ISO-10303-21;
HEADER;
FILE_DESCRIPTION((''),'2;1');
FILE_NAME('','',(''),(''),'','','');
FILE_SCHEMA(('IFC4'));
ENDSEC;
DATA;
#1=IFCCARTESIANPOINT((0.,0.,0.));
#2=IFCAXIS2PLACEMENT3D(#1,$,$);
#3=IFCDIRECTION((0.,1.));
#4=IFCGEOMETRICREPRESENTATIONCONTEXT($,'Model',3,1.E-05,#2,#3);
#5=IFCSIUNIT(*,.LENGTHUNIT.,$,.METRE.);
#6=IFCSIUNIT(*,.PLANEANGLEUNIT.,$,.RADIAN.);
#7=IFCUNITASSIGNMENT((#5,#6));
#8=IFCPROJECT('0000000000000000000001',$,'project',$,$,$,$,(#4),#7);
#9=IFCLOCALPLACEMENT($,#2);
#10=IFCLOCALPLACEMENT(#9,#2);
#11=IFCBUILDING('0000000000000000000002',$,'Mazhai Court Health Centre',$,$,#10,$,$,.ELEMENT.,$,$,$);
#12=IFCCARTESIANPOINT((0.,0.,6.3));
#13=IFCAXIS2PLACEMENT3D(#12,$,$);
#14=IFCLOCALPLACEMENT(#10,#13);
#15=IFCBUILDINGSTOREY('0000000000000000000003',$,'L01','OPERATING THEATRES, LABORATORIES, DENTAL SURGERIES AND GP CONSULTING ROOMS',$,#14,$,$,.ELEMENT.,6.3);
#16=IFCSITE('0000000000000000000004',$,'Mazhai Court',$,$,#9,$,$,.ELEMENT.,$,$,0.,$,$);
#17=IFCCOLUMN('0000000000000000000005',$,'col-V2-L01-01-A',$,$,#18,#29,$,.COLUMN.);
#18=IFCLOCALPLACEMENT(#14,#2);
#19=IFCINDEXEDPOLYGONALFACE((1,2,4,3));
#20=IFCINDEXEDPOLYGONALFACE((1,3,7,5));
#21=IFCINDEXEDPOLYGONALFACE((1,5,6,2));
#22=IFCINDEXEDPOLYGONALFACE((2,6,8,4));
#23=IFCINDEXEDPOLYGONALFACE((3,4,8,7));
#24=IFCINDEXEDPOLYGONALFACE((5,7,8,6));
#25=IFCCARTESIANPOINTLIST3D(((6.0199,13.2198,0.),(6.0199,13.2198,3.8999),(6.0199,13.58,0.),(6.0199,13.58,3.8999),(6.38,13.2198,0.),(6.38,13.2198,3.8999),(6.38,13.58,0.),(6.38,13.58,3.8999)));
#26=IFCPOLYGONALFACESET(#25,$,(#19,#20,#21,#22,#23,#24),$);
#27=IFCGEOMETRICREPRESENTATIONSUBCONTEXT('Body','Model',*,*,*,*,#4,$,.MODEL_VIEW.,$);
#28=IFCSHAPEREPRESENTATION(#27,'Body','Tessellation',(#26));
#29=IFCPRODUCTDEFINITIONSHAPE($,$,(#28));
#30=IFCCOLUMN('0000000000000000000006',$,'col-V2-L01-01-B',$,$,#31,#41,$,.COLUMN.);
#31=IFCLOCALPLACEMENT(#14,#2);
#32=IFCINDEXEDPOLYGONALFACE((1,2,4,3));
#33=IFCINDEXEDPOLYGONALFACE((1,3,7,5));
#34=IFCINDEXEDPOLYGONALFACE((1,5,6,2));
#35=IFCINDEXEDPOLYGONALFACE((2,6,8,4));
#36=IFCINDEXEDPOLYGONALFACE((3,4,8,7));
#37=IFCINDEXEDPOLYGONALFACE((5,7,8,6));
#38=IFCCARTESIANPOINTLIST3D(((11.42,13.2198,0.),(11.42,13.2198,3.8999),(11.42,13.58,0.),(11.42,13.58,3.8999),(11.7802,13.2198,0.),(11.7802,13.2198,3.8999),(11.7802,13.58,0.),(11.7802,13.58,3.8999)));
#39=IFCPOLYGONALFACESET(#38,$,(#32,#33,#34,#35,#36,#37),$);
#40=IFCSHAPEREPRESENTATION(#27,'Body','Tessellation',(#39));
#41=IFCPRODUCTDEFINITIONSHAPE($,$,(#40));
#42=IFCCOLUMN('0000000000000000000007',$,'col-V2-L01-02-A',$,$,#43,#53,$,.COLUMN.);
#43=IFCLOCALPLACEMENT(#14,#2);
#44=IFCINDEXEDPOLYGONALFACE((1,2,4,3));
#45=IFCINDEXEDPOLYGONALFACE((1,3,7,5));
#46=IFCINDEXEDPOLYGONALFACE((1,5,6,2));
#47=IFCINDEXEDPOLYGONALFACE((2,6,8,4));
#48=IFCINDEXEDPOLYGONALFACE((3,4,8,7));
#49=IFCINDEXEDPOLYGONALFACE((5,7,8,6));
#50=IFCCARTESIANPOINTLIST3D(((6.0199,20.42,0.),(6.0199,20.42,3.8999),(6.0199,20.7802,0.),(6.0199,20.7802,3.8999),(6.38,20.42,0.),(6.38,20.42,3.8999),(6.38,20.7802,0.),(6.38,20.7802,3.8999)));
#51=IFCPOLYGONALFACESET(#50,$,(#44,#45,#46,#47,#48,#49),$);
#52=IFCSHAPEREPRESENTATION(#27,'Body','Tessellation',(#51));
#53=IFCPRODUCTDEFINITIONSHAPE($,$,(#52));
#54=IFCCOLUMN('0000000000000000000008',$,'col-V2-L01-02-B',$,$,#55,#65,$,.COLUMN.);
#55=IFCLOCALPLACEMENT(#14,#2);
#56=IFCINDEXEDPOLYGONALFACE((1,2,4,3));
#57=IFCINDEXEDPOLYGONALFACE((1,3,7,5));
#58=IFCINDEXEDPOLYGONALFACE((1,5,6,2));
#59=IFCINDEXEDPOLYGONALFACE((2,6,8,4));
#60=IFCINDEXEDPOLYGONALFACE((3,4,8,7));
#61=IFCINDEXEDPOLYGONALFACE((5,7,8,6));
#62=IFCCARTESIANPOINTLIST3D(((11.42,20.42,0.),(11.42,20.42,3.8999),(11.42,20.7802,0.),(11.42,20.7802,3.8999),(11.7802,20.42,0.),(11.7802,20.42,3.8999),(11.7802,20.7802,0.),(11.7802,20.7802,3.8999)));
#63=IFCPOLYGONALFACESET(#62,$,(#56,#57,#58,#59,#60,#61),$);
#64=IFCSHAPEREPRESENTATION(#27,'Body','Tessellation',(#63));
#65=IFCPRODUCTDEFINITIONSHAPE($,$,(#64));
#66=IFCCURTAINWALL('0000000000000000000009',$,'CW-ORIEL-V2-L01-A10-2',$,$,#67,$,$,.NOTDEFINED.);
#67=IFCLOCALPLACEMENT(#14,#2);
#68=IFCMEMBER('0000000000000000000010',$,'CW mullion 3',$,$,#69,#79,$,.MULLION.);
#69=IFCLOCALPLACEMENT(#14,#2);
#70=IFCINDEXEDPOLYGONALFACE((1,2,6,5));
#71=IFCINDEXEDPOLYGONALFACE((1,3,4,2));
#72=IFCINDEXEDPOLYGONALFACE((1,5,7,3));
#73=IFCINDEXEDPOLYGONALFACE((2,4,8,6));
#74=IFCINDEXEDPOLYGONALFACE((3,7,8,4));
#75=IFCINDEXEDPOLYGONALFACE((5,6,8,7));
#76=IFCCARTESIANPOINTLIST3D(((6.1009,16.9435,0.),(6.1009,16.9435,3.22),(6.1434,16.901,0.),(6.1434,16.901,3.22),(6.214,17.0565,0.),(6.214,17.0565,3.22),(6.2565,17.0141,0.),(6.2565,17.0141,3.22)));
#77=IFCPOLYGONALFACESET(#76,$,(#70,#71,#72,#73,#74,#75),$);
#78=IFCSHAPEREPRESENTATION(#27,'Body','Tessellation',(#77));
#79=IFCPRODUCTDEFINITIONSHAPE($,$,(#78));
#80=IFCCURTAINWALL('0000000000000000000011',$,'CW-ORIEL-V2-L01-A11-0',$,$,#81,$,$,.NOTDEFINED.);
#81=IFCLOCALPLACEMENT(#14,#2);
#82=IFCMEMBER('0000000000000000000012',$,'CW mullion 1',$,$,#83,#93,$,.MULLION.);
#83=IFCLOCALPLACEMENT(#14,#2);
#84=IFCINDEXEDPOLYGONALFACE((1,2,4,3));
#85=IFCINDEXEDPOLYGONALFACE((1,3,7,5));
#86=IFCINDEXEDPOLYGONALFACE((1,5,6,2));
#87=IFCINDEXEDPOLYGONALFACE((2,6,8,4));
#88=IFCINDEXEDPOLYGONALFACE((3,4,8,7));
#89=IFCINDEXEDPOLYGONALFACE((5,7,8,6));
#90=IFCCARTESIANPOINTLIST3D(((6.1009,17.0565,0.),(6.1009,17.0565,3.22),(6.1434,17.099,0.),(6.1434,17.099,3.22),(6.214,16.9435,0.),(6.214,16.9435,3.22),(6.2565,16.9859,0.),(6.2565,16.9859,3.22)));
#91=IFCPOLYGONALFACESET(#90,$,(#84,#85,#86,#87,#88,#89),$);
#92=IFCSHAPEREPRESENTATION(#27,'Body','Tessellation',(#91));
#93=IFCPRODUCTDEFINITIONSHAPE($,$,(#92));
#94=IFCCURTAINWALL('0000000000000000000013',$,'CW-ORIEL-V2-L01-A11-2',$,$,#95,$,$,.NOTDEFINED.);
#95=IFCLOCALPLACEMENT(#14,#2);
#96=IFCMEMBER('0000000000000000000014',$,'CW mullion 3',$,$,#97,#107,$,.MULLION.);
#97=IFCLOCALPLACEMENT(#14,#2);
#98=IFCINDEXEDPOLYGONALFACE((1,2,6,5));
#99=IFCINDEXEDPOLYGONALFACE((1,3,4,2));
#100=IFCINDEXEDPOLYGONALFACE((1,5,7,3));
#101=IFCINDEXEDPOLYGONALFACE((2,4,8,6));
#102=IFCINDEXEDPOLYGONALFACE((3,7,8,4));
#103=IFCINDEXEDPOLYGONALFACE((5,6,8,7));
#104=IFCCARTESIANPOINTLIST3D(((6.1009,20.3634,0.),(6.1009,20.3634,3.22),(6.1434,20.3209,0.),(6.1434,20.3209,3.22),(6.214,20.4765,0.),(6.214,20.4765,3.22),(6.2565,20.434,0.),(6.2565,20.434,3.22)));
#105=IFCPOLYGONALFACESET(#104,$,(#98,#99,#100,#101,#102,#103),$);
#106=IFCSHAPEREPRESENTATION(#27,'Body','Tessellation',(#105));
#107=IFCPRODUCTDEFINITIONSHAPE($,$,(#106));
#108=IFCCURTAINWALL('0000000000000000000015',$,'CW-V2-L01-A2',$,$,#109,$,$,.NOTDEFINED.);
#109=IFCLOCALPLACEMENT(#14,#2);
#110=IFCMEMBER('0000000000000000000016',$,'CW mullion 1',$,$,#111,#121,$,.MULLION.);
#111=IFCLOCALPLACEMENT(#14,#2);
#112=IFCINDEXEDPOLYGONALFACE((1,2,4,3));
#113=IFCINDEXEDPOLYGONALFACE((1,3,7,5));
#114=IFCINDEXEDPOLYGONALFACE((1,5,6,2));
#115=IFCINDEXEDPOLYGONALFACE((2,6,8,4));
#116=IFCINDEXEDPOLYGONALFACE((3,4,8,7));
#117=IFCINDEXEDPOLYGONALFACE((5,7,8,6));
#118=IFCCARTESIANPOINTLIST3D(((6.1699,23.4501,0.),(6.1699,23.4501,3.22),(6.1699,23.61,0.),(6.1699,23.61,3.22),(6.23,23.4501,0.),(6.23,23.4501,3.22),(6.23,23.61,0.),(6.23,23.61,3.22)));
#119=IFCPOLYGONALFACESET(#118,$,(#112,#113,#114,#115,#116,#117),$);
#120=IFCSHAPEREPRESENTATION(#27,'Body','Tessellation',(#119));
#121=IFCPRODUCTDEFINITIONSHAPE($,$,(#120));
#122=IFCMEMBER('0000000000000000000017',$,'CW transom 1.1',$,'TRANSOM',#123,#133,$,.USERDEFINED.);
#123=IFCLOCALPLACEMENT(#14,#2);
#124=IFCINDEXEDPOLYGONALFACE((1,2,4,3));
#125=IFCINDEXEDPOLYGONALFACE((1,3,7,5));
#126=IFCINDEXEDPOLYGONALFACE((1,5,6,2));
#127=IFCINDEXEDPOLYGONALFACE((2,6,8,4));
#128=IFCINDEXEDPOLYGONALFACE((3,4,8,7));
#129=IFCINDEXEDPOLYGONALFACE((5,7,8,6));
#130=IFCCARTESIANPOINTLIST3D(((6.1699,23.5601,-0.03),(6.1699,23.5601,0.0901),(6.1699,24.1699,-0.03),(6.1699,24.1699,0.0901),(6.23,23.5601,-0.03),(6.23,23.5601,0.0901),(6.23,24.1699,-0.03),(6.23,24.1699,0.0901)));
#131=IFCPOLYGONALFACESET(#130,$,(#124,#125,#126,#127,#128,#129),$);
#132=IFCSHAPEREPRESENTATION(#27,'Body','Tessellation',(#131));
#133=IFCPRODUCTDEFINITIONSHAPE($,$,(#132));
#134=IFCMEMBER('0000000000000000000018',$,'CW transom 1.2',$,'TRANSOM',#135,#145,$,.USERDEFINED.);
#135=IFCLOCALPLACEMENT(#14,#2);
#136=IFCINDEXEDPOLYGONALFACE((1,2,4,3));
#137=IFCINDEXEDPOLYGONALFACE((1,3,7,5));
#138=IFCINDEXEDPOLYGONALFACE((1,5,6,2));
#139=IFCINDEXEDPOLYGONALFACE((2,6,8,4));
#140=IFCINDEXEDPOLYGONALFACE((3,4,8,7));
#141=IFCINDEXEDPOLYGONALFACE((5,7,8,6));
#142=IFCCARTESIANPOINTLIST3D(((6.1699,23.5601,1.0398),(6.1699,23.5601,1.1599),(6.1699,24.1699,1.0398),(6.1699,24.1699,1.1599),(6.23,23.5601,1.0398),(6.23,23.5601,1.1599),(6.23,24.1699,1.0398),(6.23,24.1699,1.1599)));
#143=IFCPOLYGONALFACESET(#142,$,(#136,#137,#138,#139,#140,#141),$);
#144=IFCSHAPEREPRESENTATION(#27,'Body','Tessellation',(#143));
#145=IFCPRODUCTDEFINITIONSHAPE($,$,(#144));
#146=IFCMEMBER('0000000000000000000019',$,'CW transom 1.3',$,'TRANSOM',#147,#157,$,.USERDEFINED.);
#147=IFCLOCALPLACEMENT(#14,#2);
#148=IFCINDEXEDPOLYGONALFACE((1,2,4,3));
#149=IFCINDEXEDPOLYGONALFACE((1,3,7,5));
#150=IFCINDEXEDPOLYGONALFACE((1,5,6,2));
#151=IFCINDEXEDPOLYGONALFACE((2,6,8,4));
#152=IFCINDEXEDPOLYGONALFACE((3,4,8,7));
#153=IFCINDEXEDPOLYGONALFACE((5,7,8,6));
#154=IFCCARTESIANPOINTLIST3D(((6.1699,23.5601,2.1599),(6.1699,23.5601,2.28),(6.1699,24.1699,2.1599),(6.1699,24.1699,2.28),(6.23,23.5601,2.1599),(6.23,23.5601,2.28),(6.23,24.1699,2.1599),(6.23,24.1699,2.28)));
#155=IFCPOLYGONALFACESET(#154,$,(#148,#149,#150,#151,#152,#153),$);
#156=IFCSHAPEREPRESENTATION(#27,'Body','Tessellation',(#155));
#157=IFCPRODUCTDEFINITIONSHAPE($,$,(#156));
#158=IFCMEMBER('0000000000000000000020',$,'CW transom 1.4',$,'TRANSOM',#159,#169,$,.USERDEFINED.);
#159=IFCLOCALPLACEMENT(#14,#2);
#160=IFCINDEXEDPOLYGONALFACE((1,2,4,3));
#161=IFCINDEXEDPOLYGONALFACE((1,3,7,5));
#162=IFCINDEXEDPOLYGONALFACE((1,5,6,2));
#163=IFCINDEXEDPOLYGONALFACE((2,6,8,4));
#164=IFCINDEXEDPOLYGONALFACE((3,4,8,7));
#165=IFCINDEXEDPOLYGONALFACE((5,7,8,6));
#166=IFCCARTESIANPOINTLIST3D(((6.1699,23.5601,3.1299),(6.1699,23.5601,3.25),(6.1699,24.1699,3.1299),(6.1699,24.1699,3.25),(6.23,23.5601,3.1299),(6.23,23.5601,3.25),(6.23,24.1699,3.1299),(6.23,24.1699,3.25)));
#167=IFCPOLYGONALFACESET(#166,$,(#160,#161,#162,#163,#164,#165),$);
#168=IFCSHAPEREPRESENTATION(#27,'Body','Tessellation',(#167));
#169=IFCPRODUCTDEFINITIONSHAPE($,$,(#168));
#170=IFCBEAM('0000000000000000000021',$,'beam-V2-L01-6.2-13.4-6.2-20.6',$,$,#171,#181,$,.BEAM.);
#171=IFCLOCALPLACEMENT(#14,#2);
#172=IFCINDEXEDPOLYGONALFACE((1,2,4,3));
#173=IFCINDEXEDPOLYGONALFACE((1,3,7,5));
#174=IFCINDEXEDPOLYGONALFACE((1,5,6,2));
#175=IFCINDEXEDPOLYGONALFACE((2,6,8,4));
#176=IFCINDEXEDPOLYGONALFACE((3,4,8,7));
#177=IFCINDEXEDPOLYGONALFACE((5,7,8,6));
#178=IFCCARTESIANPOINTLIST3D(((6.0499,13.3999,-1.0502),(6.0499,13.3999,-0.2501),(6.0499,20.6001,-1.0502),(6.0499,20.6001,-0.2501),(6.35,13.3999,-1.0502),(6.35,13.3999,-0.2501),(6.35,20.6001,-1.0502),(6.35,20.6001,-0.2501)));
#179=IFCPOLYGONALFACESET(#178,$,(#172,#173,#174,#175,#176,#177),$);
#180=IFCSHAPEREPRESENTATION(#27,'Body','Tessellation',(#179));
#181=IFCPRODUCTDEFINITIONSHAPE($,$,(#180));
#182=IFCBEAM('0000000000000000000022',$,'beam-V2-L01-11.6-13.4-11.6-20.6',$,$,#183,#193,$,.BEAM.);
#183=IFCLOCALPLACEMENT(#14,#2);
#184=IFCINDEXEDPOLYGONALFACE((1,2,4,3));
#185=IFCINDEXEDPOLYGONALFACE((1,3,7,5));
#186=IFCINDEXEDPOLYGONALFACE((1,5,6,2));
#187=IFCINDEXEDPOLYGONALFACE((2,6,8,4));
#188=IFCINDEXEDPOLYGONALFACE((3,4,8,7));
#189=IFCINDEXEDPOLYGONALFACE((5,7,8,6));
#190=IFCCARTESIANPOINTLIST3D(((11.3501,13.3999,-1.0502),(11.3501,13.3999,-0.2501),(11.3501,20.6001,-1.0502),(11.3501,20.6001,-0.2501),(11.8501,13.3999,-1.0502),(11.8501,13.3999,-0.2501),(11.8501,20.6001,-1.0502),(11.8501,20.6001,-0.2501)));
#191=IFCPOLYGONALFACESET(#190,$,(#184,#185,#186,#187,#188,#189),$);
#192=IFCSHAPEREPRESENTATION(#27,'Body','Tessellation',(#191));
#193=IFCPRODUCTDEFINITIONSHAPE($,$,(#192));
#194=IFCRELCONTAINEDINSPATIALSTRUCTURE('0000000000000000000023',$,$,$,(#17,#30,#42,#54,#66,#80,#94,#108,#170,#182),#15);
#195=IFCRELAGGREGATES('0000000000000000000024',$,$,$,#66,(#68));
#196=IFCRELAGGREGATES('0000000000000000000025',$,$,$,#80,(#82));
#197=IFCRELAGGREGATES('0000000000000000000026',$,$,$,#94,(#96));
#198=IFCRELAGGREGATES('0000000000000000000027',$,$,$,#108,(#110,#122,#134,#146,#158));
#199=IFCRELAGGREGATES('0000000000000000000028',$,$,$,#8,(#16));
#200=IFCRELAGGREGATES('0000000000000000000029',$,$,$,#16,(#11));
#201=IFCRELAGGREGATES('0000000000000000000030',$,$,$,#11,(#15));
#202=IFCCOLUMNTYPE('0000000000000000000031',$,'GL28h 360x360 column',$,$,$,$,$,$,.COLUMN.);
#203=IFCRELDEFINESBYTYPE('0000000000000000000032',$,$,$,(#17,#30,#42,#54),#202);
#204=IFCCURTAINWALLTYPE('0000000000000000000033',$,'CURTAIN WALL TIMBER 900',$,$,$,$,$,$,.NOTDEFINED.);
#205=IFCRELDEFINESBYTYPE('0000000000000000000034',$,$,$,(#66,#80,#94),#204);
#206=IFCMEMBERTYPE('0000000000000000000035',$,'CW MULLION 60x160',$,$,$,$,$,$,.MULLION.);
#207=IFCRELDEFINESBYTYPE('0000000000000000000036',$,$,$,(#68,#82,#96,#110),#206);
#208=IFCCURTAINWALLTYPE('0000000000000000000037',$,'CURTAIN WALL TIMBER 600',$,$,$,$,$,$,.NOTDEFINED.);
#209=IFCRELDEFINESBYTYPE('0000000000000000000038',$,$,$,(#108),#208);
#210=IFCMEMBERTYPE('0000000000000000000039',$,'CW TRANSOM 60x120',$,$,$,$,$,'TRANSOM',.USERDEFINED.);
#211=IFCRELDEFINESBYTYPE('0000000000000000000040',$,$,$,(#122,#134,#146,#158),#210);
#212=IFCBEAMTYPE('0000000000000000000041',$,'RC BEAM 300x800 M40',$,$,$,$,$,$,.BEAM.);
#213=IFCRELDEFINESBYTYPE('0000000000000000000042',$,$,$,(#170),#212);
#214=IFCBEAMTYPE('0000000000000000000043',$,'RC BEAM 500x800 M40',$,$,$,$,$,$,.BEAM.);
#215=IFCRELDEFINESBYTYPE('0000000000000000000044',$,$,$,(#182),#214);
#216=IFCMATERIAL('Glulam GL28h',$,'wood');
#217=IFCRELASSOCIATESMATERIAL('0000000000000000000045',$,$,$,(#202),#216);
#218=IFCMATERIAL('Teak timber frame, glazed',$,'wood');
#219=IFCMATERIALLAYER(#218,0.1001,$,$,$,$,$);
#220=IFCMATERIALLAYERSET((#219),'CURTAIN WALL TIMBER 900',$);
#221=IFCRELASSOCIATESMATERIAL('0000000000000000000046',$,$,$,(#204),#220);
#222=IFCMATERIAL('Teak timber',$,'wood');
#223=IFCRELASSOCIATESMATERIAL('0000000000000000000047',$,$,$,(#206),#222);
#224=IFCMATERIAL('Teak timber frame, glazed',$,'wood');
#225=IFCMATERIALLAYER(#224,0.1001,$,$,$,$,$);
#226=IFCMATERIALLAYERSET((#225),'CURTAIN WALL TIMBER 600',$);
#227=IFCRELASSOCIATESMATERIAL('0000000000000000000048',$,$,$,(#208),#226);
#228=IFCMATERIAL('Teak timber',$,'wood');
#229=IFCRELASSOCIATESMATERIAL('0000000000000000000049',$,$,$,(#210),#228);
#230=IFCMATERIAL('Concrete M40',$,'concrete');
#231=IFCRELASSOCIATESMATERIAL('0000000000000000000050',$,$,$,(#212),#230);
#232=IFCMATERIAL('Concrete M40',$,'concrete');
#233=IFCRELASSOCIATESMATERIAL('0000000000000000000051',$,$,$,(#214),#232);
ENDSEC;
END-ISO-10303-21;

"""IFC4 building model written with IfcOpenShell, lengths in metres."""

from ifc_helpers import new_model, si_unit, direction, frame, origin, origin_2d, place, context, subcontext, project, spatial, rectangle, extrude, material, layer, layer_set, material_profile, profile_set, type_object, element, aggregate, save


model = new_model("IFC4")

# Units and contexts
model_context = context("Model", 3, precision=1e-05, world=origin(), true_north=direction((0.0, 1.0)))
body_context = subcontext(model_context, "Body", "Model", "MODEL_VIEW")
ifc_project = project(units=[si_unit("LENGTHUNIT", "METRE"), si_unit("PLANEANGLEUNIT", "RADIAN")], contexts=[model_context])

# Site, building, storey
site_placement = place(None, origin())
site = spatial("IfcSite", under=ifc_project, at=site_placement, Name="Mazhai Court", CompositionType="ELEMENT", RefElevation=0.0)
building_placement = place(site_placement, origin())
building = spatial("IfcBuilding", under=site, at=building_placement, Name="Mazhai Court Health Centre", CompositionType="ELEMENT")
storey_placement = place(building_placement, frame((0.0, 0.0, 6.3)))
storey = spatial("IfcBuildingStorey", under=building, at=storey_placement, Name="L01", Description="OPERATING THEATRES, LABORATORIES, DENTAL SURGERIES AND GP CONSULTING ROOMS", CompositionType="ELEMENT", Elevation=6.3)

# Columns
ifc_material_1 = material(Name="Glulam GL28h", Category="wood")
ifc_material_profile_1 = material_profile(ifc_material_1, rectangle(XDim=0.3601, YDim=0.3601, at=origin_2d()), Name="GL28h 360x360")
ifc_profile_set_1 = profile_set([ifc_material_profile_1], Name="Glulam GL28h")
column_type = type_object("IfcColumnType", Name="GL28h 360x360 column", PredefinedType="COLUMN", material=ifc_profile_set_1)
for number, where, z_axis, x_axis, name in (
    (1, (6.2, 13.3999, 0.0), (0.0, 0.0, 1.0), (1.0, 0.0, 0.0), "col-V2-L01-01-A"),
    (2, (11.6001, 13.3999, 0.0), (0.0, 0.0, 1.0), (1.0, 0.0, 0.0), "col-V2-L01-01-B"),
    (3, (6.2, 20.6001, 0.0), (0.0, 0.0, 1.0), (1.0, 0.0, 0.0), "col-V2-L01-02-A"),
    (4, (11.6001, 20.6001, 0.0), (0.0, 0.0, 1.0), (1.0, 0.0, 0.0), "col-V2-L01-02-B"),
):
    element("IfcColumn", number, at=place(storey_placement, frame(where, z_axis=z_axis, x_axis=x_axis)), inside=storey, type_object=column_type, Name=name, PredefinedType="COLUMN", context=body_context, shape_type="SweptSolid", body=[
        extrude(rectangle(XDim=0.3601, YDim=0.3601, at=origin_2d()), origin(), (0.0, 0.0, 1.0), 3.8999),
    ])

# Curtain walls, members
ifc_material_2 = material(Name="Teak timber frame, glazed", Category="wood")
ifc_layer_1 = layer(ifc_material_2, 0.1001)
ifc_layer_set_1 = layer_set([ifc_layer_1], Name="CURTAIN WALL TIMBER 900")
curtain_wall_type_1 = type_object("IfcCurtainWallType", Name="CURTAIN WALL TIMBER 900", PredefinedType="NOTDEFINED", material=ifc_layer_set_1)
curtain_wall_1_placement = place(storey_placement, origin())
curtain_wall_1 = element("IfcCurtainWall", 5, at=curtain_wall_1_placement, inside=storey, type_object=curtain_wall_type_1, Name="CW-ORIEL-V2-L01-A10-2", PredefinedType="NOTDEFINED")
ifc_material_3 = material(Name="Teak timber", Category="wood")
ifc_material_profile_2 = material_profile(ifc_material_3, rectangle(XDim=0.0601, YDim=0.1599, at=origin_2d()), Name="CW MULLION 60x160")
ifc_profile_set_2 = profile_set([ifc_material_profile_2], Name="Teak timber")
member_type_1 = type_object("IfcMemberType", Name="CW MULLION 60x160", PredefinedType="MULLION", material=ifc_profile_set_2)
member_1_placement = place(storey_placement, frame((6.1787, 16.9788, 0.0), z_axis=(0.0, 0.0, 1.0), x_axis=(-0.707107, 0.707107, 0.0)))
member_1 = element("IfcMember", 6, at=member_1_placement, type_object=member_type_1, Name="CW mullion 3", PredefinedType="MULLION", context=body_context, shape_type="SweptSolid", body=[
    extrude(rectangle(XDim=0.0601, YDim=0.1599, at=origin_2d()), origin(), (0.0, 0.0, 1.0), 3.22),
])
aggregate(curtain_wall_1, [member_1])
curtain_wall_2_placement = place(storey_placement, origin())
curtain_wall_2 = element("IfcCurtainWall", 7, at=curtain_wall_2_placement, inside=storey, type_object=curtain_wall_type_1, Name="CW-ORIEL-V2-L01-A11-0", PredefinedType="NOTDEFINED")
member_2_placement = place(storey_placement, frame((6.1787, 17.0212, 0.0), z_axis=(0.0, 0.0, 1.0), x_axis=(-0.707107, -0.707107, 0.0)))
member_2 = element("IfcMember", 8, at=member_2_placement, type_object=member_type_1, Name="CW mullion 1", PredefinedType="MULLION", context=body_context, shape_type="SweptSolid", body=[
    extrude(rectangle(XDim=0.0601, YDim=0.1599, at=origin_2d()), origin(), (0.0, 0.0, 1.0), 3.22),
])
aggregate(curtain_wall_2, [member_2])
curtain_wall_3_placement = place(storey_placement, origin())
curtain_wall_3 = element("IfcCurtainWall", 9, at=curtain_wall_3_placement, inside=storey, type_object=curtain_wall_type_1, Name="CW-ORIEL-V2-L01-A11-2", PredefinedType="NOTDEFINED")
member_3_placement = place(storey_placement, frame((6.1787, 20.3987, 0.0), z_axis=(0.0, 0.0, 1.0), x_axis=(-0.707107, 0.707107, 0.0)))
member_3 = element("IfcMember", 10, at=member_3_placement, type_object=member_type_1, Name="CW mullion 3", PredefinedType="MULLION", context=body_context, shape_type="SweptSolid", body=[
    extrude(rectangle(XDim=0.0601, YDim=0.1599, at=origin_2d()), origin(), (0.0, 0.0, 1.0), 3.22),
])
aggregate(curtain_wall_3, [member_3])

# Curtain wall, members
ifc_material_4 = material(Name="Teak timber frame, glazed", Category="wood")
ifc_layer_2 = layer(ifc_material_4, 0.1001)
ifc_layer_set_2 = layer_set([ifc_layer_2], Name="CURTAIN WALL TIMBER 600")
curtain_wall_type_2 = type_object("IfcCurtainWallType", Name="CURTAIN WALL TIMBER 600", PredefinedType="NOTDEFINED", material=ifc_layer_set_2)
curtain_wall_4_placement = place(storey_placement, origin())
curtain_wall_4 = element("IfcCurtainWall", 11, at=curtain_wall_4_placement, inside=storey, type_object=curtain_wall_type_2, Name="CW-V2-L01-A2", PredefinedType="NOTDEFINED")
member_4_placement = place(storey_placement, frame((6.2, 23.53, 0.0), z_axis=(0.0, 0.0, 1.0), x_axis=(-1.0, 0.0, 0.0)))
member_4 = element("IfcMember", 12, at=member_4_placement, type_object=member_type_1, Name="CW mullion 1", PredefinedType="MULLION", context=body_context, shape_type="SweptSolid", body=[
    extrude(rectangle(XDim=0.0601, YDim=0.1599, at=origin_2d()), origin(), (0.0, 0.0, 1.0), 3.22),
])
ifc_material_5 = material(Name="Teak timber", Category="wood")
ifc_material_profile_3 = material_profile(ifc_material_5, rectangle(XDim=0.0601, YDim=0.1201, at=origin_2d()), Name="CW TRANSOM 60x120")
ifc_profile_set_3 = profile_set([ifc_material_profile_3], Name="Teak timber")
member_type_2 = type_object("IfcMemberType", Name="CW TRANSOM 60x120", ElementType="TRANSOM", PredefinedType="USERDEFINED", material=ifc_profile_set_3)
member_5_placement = place(storey_placement, frame((6.2, 23.5601, 0.03), z_axis=(0.0, 1.0, 0.0), x_axis=(-1.0, 0.0, 0.0)))
member_5 = element("IfcMember", 13, at=member_5_placement, type_object=member_type_2, Name="CW transom 1.1", ObjectType="TRANSOM", PredefinedType="USERDEFINED", context=body_context, shape_type="SweptSolid", body=[
    extrude(rectangle(XDim=0.0601, YDim=0.1201, at=origin_2d()), origin(), (0.0, 0.0, 1.0), 0.6099),
])
member_6_placement = place(storey_placement, frame((6.2, 23.5601, 1.0999), z_axis=(0.0, 1.0, 0.0), x_axis=(-1.0, 0.0, 0.0)))
member_6 = element("IfcMember", 14, at=member_6_placement, type_object=member_type_2, Name="CW transom 1.2", ObjectType="TRANSOM", PredefinedType="USERDEFINED", context=body_context, shape_type="SweptSolid", body=[
    extrude(rectangle(XDim=0.0601, YDim=0.1201, at=origin_2d()), origin(), (0.0, 0.0, 1.0), 0.6099),
])
member_7_placement = place(storey_placement, frame((6.2, 23.5601, 2.22), z_axis=(0.0, 1.0, 0.0), x_axis=(-1.0, 0.0, 0.0)))
member_7 = element("IfcMember", 15, at=member_7_placement, type_object=member_type_2, Name="CW transom 1.3", ObjectType="TRANSOM", PredefinedType="USERDEFINED", context=body_context, shape_type="SweptSolid", body=[
    extrude(rectangle(XDim=0.0601, YDim=0.1201, at=origin_2d()), origin(), (0.0, 0.0, 1.0), 0.6099),
])
member_8_placement = place(storey_placement, frame((6.2, 23.5601, 3.1899), z_axis=(0.0, 1.0, 0.0), x_axis=(-1.0, 0.0, 0.0)))
member_8 = element("IfcMember", 16, at=member_8_placement, type_object=member_type_2, Name="CW transom 1.4", ObjectType="TRANSOM", PredefinedType="USERDEFINED", context=body_context, shape_type="SweptSolid", body=[
    extrude(rectangle(XDim=0.0601, YDim=0.1201, at=origin_2d()), origin(), (0.0, 0.0, 1.0), 0.6099),
])

# Beams
ifc_material_6 = material(Name="Concrete M40", Category="concrete")
ifc_material_profile_4 = material_profile(ifc_material_6, rectangle(XDim=0.3, YDim=0.8, at=origin_2d()), Name="RC 300x800")
ifc_profile_set_4 = profile_set([ifc_material_profile_4], Name="Concrete M40")
beam_type_1 = type_object("IfcBeamType", Name="RC BEAM 300x800 M40", PredefinedType="BEAM", material=ifc_profile_set_4)
beam_1_placement = place(storey_placement, frame((6.2, 13.3999, -0.6501), z_axis=(0.0, 1.0, 0.0), x_axis=(-1.0, 0.0, 0.0)))
element("IfcBeam", 17, at=beam_1_placement, inside=storey, type_object=beam_type_1, Name="beam-V2-L01-6.2-13.4-6.2-20.6", PredefinedType="BEAM", context=body_context, shape_type="SweptSolid", body=[
    extrude(rectangle(XDim=0.3, YDim=0.8, at=origin_2d()), origin(), (0.0, 0.0, 1.0), 7.2002),
])
ifc_material_7 = material(Name="Concrete M40", Category="concrete")
ifc_material_profile_5 = material_profile(ifc_material_7, rectangle(XDim=0.5, YDim=0.8, at=origin_2d()), Name="RC 500x800")
ifc_profile_set_5 = profile_set([ifc_material_profile_5], Name="Concrete M40")
beam_type_2 = type_object("IfcBeamType", Name="RC BEAM 500x800 M40", PredefinedType="BEAM", material=ifc_profile_set_5)
beam_2_placement = place(storey_placement, frame((11.6001, 13.3999, -0.6501), z_axis=(0.0, 1.0, 0.0), x_axis=(-1.0, 0.0, 0.0)))
element("IfcBeam", 18, at=beam_2_placement, inside=storey, type_object=beam_type_2, Name="beam-V2-L01-11.6-13.4-11.6-20.6", PredefinedType="BEAM", context=body_context, shape_type="SweptSolid", body=[
    extrude(rectangle(XDim=0.5, YDim=0.8, at=origin_2d()), origin(), (0.0, 0.0, 1.0), 7.2002),
])

aggregate(curtain_wall_4, [member_4, member_5, member_6, member_7, member_8])

save(model, "model.ifc")
